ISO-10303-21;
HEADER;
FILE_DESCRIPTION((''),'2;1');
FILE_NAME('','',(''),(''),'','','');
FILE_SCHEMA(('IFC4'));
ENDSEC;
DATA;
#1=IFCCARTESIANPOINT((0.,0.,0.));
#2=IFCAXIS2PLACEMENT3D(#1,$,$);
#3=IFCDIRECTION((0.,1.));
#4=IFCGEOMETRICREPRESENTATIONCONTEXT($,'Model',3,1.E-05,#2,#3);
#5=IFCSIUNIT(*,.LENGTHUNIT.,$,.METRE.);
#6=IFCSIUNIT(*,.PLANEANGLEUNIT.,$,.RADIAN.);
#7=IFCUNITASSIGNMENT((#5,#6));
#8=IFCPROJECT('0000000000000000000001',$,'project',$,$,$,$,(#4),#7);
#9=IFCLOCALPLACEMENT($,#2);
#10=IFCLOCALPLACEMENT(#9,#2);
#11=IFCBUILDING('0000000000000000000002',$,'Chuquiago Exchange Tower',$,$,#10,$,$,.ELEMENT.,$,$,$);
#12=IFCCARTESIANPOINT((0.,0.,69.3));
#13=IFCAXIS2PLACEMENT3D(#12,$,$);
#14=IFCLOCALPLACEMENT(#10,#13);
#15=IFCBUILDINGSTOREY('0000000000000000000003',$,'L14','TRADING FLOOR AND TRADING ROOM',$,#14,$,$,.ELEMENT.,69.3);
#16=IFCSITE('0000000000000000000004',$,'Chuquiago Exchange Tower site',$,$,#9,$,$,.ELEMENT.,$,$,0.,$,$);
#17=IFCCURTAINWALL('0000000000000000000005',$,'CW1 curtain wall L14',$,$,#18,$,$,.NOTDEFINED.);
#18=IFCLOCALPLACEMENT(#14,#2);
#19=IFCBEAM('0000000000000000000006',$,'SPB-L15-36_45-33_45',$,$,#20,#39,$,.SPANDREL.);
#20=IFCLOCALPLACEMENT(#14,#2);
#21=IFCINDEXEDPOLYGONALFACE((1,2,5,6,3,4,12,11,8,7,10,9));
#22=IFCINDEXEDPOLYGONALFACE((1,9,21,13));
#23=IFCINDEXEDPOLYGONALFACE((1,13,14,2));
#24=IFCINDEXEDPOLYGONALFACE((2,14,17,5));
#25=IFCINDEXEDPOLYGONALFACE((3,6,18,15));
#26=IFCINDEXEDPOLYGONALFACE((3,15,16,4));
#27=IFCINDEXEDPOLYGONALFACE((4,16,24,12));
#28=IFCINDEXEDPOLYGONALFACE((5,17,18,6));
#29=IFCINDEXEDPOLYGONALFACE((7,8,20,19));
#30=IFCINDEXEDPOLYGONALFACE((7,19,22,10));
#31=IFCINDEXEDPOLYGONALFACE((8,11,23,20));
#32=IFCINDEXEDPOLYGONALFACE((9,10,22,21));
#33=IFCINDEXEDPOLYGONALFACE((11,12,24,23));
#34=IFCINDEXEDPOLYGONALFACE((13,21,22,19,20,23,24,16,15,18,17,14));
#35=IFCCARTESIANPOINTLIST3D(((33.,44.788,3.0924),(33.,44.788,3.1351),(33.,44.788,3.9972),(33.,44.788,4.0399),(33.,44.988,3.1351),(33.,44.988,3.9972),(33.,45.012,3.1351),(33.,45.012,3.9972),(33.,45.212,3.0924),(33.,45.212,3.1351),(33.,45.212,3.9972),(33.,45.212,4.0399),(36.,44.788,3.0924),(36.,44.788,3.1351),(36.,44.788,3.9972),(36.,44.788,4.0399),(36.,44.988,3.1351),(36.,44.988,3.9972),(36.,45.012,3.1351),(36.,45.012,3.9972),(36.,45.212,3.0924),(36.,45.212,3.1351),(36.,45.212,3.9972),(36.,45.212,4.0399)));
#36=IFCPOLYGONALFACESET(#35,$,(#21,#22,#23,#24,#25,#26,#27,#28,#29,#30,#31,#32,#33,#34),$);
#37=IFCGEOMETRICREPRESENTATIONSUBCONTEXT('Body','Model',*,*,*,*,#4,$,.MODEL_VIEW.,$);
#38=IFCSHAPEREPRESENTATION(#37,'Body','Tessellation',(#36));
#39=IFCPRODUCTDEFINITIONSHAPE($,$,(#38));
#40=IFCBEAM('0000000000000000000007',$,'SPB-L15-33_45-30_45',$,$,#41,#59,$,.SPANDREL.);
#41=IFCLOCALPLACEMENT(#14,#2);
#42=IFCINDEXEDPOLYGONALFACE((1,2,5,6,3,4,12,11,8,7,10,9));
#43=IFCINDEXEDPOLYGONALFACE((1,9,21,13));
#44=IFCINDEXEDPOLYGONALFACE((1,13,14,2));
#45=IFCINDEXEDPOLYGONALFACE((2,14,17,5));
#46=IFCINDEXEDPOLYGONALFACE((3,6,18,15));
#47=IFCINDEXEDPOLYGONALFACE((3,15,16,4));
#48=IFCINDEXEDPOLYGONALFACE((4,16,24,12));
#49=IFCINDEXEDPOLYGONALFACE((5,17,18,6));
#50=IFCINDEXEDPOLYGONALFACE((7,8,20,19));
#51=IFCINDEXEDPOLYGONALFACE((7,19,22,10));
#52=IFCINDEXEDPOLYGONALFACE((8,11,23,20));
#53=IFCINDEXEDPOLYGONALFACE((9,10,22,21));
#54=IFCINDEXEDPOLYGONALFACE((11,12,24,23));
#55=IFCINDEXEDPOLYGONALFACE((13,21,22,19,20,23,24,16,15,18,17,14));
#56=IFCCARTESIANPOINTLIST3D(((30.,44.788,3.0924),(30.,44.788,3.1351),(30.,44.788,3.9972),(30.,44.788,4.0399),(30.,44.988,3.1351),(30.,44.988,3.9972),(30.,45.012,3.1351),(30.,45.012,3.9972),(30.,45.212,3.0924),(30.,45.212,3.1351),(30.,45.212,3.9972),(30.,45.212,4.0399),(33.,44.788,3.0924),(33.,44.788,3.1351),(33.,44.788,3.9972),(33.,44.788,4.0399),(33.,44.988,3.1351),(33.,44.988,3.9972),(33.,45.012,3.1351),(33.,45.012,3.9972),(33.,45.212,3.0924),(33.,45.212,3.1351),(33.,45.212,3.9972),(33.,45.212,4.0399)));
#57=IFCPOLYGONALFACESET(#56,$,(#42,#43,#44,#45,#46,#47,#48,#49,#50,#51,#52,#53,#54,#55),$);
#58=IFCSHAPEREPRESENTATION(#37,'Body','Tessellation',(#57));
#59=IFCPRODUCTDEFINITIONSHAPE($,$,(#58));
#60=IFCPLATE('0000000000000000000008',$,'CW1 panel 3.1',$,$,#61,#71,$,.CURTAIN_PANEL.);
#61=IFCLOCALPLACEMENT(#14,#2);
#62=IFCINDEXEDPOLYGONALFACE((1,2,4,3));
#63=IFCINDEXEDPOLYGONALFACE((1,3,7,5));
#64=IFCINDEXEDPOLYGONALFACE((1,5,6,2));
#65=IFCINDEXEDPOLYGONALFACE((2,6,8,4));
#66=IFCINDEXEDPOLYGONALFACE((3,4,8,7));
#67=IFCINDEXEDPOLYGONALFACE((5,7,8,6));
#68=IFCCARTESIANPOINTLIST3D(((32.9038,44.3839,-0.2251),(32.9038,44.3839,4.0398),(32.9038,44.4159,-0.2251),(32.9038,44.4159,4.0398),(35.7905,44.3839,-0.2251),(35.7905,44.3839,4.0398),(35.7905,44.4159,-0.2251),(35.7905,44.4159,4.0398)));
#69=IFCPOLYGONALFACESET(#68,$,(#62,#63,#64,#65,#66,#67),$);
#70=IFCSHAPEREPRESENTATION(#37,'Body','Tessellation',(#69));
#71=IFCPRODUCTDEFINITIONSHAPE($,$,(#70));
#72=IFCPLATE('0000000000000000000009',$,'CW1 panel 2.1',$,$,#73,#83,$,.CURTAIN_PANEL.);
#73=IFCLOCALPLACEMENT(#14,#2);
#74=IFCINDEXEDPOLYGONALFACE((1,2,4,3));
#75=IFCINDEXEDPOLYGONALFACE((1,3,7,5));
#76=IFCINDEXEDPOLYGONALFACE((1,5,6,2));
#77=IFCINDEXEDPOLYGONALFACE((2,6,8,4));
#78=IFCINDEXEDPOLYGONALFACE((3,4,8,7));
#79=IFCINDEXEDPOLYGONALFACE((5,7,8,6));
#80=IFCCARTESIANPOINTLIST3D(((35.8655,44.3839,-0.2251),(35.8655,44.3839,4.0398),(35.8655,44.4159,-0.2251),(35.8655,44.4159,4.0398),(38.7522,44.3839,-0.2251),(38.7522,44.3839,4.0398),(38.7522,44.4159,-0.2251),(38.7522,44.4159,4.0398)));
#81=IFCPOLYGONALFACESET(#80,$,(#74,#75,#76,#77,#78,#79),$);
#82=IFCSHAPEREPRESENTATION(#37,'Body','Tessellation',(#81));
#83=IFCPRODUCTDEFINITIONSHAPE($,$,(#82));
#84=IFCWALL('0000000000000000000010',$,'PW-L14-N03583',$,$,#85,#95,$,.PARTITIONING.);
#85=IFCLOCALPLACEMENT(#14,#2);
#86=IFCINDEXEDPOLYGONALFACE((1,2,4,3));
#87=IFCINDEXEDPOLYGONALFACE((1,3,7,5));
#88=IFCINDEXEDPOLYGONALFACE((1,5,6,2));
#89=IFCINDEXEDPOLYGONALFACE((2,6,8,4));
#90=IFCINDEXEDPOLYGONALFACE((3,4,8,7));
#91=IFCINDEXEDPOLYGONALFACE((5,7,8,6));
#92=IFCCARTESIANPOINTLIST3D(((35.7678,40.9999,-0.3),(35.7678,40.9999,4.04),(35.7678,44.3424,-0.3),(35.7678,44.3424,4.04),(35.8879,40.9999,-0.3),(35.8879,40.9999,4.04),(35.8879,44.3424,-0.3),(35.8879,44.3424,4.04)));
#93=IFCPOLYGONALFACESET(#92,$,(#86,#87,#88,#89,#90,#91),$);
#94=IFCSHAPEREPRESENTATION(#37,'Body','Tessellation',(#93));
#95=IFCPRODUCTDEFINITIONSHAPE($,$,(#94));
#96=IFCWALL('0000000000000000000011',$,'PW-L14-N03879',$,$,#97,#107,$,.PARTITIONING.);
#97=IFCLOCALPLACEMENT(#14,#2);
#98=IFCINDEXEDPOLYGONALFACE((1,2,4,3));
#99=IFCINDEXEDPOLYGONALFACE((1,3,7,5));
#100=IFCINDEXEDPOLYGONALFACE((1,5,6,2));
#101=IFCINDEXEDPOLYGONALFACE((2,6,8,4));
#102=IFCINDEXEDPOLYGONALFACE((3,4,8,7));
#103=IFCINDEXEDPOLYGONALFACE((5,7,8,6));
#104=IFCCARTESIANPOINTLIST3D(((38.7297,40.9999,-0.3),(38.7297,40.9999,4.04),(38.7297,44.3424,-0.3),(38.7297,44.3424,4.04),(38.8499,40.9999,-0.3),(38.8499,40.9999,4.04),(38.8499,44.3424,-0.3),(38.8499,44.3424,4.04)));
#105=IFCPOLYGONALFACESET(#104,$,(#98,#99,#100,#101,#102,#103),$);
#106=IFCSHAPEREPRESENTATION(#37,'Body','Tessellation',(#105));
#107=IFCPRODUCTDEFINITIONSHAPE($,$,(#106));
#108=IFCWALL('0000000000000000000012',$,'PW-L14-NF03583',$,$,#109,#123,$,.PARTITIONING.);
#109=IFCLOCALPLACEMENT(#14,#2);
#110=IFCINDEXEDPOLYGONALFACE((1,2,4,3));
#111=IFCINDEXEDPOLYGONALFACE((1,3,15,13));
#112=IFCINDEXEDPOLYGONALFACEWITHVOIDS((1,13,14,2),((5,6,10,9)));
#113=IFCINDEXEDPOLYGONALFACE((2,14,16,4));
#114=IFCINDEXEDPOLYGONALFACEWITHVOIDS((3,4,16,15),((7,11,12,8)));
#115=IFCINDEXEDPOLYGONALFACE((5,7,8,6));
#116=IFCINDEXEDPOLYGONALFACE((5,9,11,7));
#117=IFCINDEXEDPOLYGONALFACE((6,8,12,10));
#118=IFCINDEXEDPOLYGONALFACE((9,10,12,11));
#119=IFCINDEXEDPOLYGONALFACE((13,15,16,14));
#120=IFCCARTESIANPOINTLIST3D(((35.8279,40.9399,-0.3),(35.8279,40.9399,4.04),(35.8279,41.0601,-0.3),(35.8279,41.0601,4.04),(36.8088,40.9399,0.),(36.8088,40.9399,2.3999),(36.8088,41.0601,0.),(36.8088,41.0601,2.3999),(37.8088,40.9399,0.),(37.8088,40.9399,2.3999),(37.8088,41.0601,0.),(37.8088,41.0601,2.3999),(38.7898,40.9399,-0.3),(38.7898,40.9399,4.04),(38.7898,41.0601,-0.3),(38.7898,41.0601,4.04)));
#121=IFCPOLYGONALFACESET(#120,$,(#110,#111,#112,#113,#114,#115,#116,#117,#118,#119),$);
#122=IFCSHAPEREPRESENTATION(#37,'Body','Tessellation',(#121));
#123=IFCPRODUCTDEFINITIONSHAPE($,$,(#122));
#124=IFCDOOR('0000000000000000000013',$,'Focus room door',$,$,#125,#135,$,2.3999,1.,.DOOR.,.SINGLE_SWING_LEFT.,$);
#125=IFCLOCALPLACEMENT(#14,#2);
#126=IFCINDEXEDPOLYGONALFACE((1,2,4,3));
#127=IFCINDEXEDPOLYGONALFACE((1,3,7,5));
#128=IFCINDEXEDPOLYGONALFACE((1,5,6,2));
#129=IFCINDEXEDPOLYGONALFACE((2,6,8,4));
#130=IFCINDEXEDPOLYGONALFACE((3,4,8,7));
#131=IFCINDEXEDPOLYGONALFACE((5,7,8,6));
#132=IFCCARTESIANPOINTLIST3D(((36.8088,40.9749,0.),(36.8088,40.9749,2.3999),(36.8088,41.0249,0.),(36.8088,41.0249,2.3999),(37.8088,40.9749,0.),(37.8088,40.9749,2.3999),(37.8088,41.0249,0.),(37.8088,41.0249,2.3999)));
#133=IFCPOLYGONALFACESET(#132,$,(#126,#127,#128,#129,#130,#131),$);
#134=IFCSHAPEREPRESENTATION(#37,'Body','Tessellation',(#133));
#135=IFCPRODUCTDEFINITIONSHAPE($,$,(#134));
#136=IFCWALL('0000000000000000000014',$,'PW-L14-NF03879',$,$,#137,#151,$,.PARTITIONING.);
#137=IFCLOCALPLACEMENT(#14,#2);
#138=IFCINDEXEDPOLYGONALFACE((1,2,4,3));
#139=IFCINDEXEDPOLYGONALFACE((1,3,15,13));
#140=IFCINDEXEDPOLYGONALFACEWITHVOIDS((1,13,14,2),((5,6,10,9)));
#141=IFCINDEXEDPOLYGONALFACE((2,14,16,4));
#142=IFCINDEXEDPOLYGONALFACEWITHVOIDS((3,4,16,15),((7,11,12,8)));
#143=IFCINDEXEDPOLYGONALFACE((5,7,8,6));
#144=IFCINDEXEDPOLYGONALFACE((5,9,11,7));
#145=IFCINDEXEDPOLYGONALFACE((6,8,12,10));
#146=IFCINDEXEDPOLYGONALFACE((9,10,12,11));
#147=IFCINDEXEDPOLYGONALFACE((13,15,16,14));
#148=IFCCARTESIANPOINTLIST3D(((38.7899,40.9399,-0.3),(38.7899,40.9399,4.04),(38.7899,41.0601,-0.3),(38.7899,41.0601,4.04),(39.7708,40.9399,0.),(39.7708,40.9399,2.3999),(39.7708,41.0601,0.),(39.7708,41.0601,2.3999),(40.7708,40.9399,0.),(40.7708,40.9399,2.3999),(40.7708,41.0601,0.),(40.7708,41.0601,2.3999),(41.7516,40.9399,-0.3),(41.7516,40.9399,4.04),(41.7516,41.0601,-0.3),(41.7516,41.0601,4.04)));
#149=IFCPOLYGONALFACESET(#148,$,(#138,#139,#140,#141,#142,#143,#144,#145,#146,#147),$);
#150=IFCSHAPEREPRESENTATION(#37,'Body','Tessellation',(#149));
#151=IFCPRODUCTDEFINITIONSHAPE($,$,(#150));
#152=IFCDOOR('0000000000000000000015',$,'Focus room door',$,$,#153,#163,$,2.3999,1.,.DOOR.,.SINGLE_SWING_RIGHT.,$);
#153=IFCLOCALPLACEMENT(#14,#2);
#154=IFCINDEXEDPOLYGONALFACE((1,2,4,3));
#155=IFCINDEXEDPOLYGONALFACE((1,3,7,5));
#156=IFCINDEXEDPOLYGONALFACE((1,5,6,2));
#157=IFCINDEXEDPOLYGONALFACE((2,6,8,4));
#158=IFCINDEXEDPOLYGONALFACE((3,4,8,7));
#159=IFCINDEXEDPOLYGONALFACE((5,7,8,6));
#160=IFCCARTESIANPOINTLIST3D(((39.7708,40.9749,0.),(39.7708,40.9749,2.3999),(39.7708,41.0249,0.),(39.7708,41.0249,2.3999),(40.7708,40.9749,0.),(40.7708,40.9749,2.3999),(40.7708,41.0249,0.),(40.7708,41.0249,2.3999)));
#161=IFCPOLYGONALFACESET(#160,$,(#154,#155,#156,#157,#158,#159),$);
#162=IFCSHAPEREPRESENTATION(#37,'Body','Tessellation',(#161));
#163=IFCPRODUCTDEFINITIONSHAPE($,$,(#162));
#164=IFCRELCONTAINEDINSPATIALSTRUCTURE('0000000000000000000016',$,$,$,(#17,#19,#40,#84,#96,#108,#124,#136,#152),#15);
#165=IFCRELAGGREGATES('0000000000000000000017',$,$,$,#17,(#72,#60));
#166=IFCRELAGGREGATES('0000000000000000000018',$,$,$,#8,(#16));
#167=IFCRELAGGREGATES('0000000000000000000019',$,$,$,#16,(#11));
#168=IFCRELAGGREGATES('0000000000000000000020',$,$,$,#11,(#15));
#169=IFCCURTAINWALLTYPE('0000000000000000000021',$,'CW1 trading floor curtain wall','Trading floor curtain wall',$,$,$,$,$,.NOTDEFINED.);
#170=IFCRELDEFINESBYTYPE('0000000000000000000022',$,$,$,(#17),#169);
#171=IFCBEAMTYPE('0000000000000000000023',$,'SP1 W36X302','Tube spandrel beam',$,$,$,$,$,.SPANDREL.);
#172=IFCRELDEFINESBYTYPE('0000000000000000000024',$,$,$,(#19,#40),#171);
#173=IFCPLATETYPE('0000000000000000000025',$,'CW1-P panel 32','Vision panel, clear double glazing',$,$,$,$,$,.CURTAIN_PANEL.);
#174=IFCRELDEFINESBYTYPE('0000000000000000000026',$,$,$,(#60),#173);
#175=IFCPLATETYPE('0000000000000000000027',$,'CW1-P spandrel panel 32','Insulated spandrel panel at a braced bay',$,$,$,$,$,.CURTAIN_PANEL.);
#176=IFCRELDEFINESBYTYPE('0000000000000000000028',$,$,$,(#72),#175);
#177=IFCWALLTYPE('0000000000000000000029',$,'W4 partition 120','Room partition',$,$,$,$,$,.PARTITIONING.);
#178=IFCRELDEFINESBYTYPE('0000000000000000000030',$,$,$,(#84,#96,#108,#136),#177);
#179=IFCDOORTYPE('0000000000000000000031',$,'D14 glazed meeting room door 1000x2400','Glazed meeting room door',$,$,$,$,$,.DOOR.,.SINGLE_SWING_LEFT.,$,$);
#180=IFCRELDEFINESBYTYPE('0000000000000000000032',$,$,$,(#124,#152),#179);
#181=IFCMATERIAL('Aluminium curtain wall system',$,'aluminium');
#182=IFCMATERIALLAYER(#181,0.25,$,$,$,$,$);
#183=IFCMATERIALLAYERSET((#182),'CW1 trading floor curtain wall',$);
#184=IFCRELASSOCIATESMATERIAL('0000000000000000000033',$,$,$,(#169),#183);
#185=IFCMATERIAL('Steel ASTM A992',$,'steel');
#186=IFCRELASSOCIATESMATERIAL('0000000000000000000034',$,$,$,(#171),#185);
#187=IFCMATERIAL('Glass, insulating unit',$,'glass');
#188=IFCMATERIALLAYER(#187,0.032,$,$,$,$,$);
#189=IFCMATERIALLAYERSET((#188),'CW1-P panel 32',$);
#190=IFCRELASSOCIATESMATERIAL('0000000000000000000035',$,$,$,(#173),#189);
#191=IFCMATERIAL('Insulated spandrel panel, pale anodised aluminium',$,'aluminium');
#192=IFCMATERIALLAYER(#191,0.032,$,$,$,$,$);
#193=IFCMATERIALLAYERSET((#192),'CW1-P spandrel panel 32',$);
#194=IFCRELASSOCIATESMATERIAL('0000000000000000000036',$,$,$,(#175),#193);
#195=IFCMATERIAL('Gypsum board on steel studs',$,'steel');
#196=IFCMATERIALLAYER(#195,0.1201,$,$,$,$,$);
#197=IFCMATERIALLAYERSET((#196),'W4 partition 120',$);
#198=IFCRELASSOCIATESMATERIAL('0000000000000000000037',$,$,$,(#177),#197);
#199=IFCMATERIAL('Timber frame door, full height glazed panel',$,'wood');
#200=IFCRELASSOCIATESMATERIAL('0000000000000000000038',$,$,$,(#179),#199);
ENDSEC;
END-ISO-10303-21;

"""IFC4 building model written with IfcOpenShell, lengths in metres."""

from ifc_helpers import new_model, si_unit, direction, frame, frame_2d, origin, origin_2d, place, context, subcontext, project, spatial, rectangle, i_section, extrude, material, layer, layer_set, material_profile, profile_set, type_object, element, fill, aggregate, save


model = new_model("IFC4")

# Units and contexts
model_context = context("Model", 3, precision=1e-05, world=origin(), true_north=direction((0.0, 1.0)))
body_context = subcontext(model_context, "Body", "Model", "MODEL_VIEW")
ifc_project = project(units=[si_unit("LENGTHUNIT", "METRE"), si_unit("PLANEANGLEUNIT", "RADIAN")], contexts=[model_context])

# Site, building, storey
site_placement = place(None, origin())
site = spatial("IfcSite", under=ifc_project, at=site_placement, Name="Chuquiago Exchange Tower site", CompositionType="ELEMENT", RefElevation=0.0)
building_placement = place(site_placement, origin())
building = spatial("IfcBuilding", under=site, at=building_placement, Name="Chuquiago Exchange Tower", CompositionType="ELEMENT")
storey_placement = place(building_placement, frame((0.0, 0.0, 69.3)))
storey = spatial("IfcBuildingStorey", under=building, at=storey_placement, Name="L14", Description="TRADING FLOOR AND TRADING ROOM", CompositionType="ELEMENT", Elevation=69.3)

# Curtain wall
ifc_material_1 = material(Name="Aluminium curtain wall system", Category="aluminium")
ifc_layer_1 = layer(ifc_material_1, 0.25)
ifc_layer_set_1 = layer_set([ifc_layer_1], Name="CW1 trading floor curtain wall")
curtain_wall_type = type_object("IfcCurtainWallType", Name="CW1 trading floor curtain wall", Description="Trading floor curtain wall", PredefinedType="NOTDEFINED", material=ifc_layer_set_1)
curtain_wall_placement = place(storey_placement, origin())
curtain_wall = element("IfcCurtainWall", 1, at=curtain_wall_placement, inside=storey, type_object=curtain_wall_type, Name="CW1 curtain wall L14", PredefinedType="NOTDEFINED")

# Beams
ifc_material_2 = material(Name="Steel ASTM A992", Category="steel")
ifc_material_profile_1 = material_profile(ifc_material_2, i_section(OverallWidth=0.4241, OverallDepth=0.9475, WebThickness=0.0239, FlangeThickness=0.0427, at=origin_2d()), Name="W36X302")
ifc_profile_set_1 = profile_set([ifc_material_profile_1], Name="Steel ASTM A992")
beam_type_1 = type_object("IfcBeamType", Name="SP1 W36X302", Description="Tube spandrel beam", PredefinedType="SPANDREL", material=ifc_profile_set_1)
for number, where, z_axis, x_axis, name in (
    (2, (36.0, 45.0, 3.5662), (-1.0, 0.0, 0.0), (0.0, -1.0, 0.0), "SPB-L15-36_45-33_45"),
    (3, (33.0, 45.0, 3.5662), (-1.0, 0.0, 0.0), (0.0, -1.0, 0.0), "SPB-L15-33_45-30_45"),
):
    element("IfcBeam", number, at=place(storey_placement, frame(where, z_axis=z_axis, x_axis=x_axis)), inside=storey, type_object=beam_type_1, Name=name, PredefinedType="SPANDREL", context=body_context, shape_type="SweptSolid", body=[
        extrude(i_section(OverallWidth=0.4241, OverallDepth=0.9475, WebThickness=0.0239, FlangeThickness=0.0427, at=origin_2d()), origin(), (0.0, 0.0, 1.0), 3.0),
    ])

# Plates
ifc_material_3 = material(Name="Glass, insulating unit", Category="glass")
ifc_layer_2 = layer(ifc_material_3, 0.032)
ifc_layer_set_2 = layer_set([ifc_layer_2], Name="CW1-P panel 32")
plate_type_1 = type_object("IfcPlateType", Name="CW1-P panel 32", Description="Vision panel, clear double glazing", PredefinedType="CURTAIN_PANEL", material=ifc_layer_set_2)
plate_1_placement = place(storey_placement, frame((34.3472, 44.3999, -0.2251), z_axis=(0.0, 0.0, 1.0), x_axis=(-1.0, 0.0, 0.0)))
plate_1 = element("IfcPlate", 4, at=plate_1_placement, type_object=plate_type_1, Name="CW1 panel 3.1", PredefinedType="CURTAIN_PANEL", context=body_context, shape_type="SweptSolid", body=[
    extrude(rectangle(XDim=2.8867, YDim=0.032, at=origin_2d()), origin(), (0.0, 0.0, 1.0), 4.2649),
])
ifc_material_4 = material(Name="Insulated spandrel panel, pale anodised aluminium", Category="aluminium")
ifc_layer_3 = layer(ifc_material_4, 0.032)
ifc_layer_set_3 = layer_set([ifc_layer_3], Name="CW1-P spandrel panel 32")
plate_type_2 = type_object("IfcPlateType", Name="CW1-P spandrel panel 32", Description="Insulated spandrel panel at a braced bay", PredefinedType="CURTAIN_PANEL", material=ifc_layer_set_3)
plate_2_placement = place(storey_placement, frame((37.3088, 44.3999, -0.2251), z_axis=(0.0, 0.0, 1.0), x_axis=(-1.0, 0.0, 0.0)))
plate_2 = element("IfcPlate", 5, at=plate_2_placement, type_object=plate_type_2, Name="CW1 panel 2.1", PredefinedType="CURTAIN_PANEL", context=body_context, shape_type="SweptSolid", body=[
    extrude(rectangle(XDim=2.8867, YDim=0.032, at=origin_2d()), origin(), (0.0, 0.0, 1.0), 4.2649),
])
aggregate(curtain_wall, [plate_2, plate_1])

# Walls
ifc_material_5 = material(Name="Gypsum board on steel studs", Category="steel")
ifc_layer_4 = layer(ifc_material_5, 0.1201)
ifc_layer_set_4 = layer_set([ifc_layer_4], Name="W4 partition 120")
wall_type = type_object("IfcWallType", Name="W4 partition 120", Description="Room partition", PredefinedType="PARTITIONING", material=ifc_layer_set_4)
for number, where, z_axis, x_axis, name in (
    (6, (35.8279, 44.3425, -0.3), (0.0, 0.0, 1.0), (0.0, -1.0, 0.0), "PW-L14-N03583"),
    (7, (38.7898, 44.3425, -0.3), (0.0, 0.0, 1.0), (0.0, -1.0, 0.0), "PW-L14-N03879"),
):
    element("IfcWall", number, at=place(storey_placement, frame(where, z_axis=z_axis, x_axis=x_axis)), inside=storey, type_object=wall_type, Name=name, PredefinedType="PARTITIONING", context=body_context, shape_type="SweptSolid", body=[
        extrude(rectangle(XDim=3.3425, YDim=0.1201, at=frame_2d((1.6714, 0.0))), origin(), (0.0, 0.0, 1.0), 4.3401),
    ])

# Walls, openings, doors
wall_1_placement = place(storey_placement, frame((35.8279, 41.0, -0.3), z_axis=(0.0, 0.0, 1.0), x_axis=(1.0, 0.0, 0.0)))
wall_1 = element("IfcWall", 8, at=wall_1_placement, inside=storey, type_object=wall_type, Name="PW-L14-NF03583", PredefinedType="PARTITIONING", context=body_context, shape_type="SweptSolid", body=[
    extrude(rectangle(XDim=2.9619, YDim=0.1201, at=frame_2d((1.481, 0.0))), origin(), (0.0, 0.0, 1.0), 4.3401),
])
opening_1_placement = place(wall_1_placement, frame((0.981, 0.0, 0.3)))
opening_1 = element("IfcOpeningElement", 9, at=opening_1_placement, cuts=wall_1, PredefinedType="OPENING", context=body_context, shape_type="SweptSolid", body=[
    extrude(rectangle(XDim=1.0, YDim=2.3999, at=frame_2d((0.5, 1.2))), frame((0.0, 0.0701, 0.0), z_axis=(0.0, -1.0, 0.0), x_axis=(1.0, 0.0, 0.0)), (0.0, 0.0, 1.0), 0.1401),
])
ifc_material_6 = material(Name="Timber frame door, full height glazed panel", Category="wood")
door_type = type_object("IfcDoorType", Name="D14 glazed meeting room door 1000x2400", Description="Glazed meeting room door", OperationType="SINGLE_SWING_LEFT", PredefinedType="DOOR", material=ifc_material_6)
door_1_placement = place(opening_1_placement, origin())
door_1 = element("IfcDoor", 10, at=door_1_placement, inside=storey, type_object=door_type, Name="Focus room door", OperationType="SINGLE_SWING_LEFT", OverallHeight=2.3999, OverallWidth=1.0, PredefinedType="DOOR", context=body_context, shape_type="SweptSolid", body=[
    extrude(rectangle(XDim=1.0, YDim=2.3999, at=frame_2d((0.5, 1.2))), frame((0.0, 0.0249, 0.0), z_axis=(0.0, -1.0, 0.0), x_axis=(1.0, 0.0, 0.0)), (0.0, 0.0, 1.0), 0.05),
])
fill(opening_1, door_1)
wall_2_placement = place(storey_placement, frame((38.7898, 41.0, -0.3), z_axis=(0.0, 0.0, 1.0), x_axis=(1.0, 0.0, 0.0)))
wall_2 = element("IfcWall", 11, at=wall_2_placement, inside=storey, type_object=wall_type, Name="PW-L14-NF03879", PredefinedType="PARTITIONING", context=body_context, shape_type="SweptSolid", body=[
    extrude(rectangle(XDim=2.9617, YDim=0.1201, at=frame_2d((1.481, 0.0))), origin(), (0.0, 0.0, 1.0), 4.3401),
])
opening_2_placement = place(wall_2_placement, frame((0.981, 0.0, 0.3)))
opening_2 = element("IfcOpeningElement", 12, at=opening_2_placement, cuts=wall_2, PredefinedType="OPENING", context=body_context, shape_type="SweptSolid", body=[
    extrude(rectangle(XDim=1.0, YDim=2.3999, at=frame_2d((0.5, 1.2))), frame((0.0, 0.0701, 0.0), z_axis=(0.0, -1.0, 0.0), x_axis=(1.0, 0.0, 0.0)), (0.0, 0.0, 1.0), 0.1401),
])
door_2_placement = place(opening_2_placement, origin())
door_2 = element("IfcDoor", 13, at=door_2_placement, inside=storey, type_object=door_type, Name="Focus room door", OperationType="SINGLE_SWING_RIGHT", OverallHeight=2.3999, OverallWidth=1.0, PredefinedType="DOOR", context=body_context, shape_type="SweptSolid", body=[
    extrude(rectangle(XDim=1.0, YDim=2.3999, at=frame_2d((0.5, 1.2))), frame((0.0, 0.0249, 0.0), z_axis=(0.0, -1.0, 0.0), x_axis=(1.0, 0.0, 0.0)), (0.0, 0.0, 1.0), 0.05),
])
fill(opening_2, door_2)

save(model, "model.ifc")
